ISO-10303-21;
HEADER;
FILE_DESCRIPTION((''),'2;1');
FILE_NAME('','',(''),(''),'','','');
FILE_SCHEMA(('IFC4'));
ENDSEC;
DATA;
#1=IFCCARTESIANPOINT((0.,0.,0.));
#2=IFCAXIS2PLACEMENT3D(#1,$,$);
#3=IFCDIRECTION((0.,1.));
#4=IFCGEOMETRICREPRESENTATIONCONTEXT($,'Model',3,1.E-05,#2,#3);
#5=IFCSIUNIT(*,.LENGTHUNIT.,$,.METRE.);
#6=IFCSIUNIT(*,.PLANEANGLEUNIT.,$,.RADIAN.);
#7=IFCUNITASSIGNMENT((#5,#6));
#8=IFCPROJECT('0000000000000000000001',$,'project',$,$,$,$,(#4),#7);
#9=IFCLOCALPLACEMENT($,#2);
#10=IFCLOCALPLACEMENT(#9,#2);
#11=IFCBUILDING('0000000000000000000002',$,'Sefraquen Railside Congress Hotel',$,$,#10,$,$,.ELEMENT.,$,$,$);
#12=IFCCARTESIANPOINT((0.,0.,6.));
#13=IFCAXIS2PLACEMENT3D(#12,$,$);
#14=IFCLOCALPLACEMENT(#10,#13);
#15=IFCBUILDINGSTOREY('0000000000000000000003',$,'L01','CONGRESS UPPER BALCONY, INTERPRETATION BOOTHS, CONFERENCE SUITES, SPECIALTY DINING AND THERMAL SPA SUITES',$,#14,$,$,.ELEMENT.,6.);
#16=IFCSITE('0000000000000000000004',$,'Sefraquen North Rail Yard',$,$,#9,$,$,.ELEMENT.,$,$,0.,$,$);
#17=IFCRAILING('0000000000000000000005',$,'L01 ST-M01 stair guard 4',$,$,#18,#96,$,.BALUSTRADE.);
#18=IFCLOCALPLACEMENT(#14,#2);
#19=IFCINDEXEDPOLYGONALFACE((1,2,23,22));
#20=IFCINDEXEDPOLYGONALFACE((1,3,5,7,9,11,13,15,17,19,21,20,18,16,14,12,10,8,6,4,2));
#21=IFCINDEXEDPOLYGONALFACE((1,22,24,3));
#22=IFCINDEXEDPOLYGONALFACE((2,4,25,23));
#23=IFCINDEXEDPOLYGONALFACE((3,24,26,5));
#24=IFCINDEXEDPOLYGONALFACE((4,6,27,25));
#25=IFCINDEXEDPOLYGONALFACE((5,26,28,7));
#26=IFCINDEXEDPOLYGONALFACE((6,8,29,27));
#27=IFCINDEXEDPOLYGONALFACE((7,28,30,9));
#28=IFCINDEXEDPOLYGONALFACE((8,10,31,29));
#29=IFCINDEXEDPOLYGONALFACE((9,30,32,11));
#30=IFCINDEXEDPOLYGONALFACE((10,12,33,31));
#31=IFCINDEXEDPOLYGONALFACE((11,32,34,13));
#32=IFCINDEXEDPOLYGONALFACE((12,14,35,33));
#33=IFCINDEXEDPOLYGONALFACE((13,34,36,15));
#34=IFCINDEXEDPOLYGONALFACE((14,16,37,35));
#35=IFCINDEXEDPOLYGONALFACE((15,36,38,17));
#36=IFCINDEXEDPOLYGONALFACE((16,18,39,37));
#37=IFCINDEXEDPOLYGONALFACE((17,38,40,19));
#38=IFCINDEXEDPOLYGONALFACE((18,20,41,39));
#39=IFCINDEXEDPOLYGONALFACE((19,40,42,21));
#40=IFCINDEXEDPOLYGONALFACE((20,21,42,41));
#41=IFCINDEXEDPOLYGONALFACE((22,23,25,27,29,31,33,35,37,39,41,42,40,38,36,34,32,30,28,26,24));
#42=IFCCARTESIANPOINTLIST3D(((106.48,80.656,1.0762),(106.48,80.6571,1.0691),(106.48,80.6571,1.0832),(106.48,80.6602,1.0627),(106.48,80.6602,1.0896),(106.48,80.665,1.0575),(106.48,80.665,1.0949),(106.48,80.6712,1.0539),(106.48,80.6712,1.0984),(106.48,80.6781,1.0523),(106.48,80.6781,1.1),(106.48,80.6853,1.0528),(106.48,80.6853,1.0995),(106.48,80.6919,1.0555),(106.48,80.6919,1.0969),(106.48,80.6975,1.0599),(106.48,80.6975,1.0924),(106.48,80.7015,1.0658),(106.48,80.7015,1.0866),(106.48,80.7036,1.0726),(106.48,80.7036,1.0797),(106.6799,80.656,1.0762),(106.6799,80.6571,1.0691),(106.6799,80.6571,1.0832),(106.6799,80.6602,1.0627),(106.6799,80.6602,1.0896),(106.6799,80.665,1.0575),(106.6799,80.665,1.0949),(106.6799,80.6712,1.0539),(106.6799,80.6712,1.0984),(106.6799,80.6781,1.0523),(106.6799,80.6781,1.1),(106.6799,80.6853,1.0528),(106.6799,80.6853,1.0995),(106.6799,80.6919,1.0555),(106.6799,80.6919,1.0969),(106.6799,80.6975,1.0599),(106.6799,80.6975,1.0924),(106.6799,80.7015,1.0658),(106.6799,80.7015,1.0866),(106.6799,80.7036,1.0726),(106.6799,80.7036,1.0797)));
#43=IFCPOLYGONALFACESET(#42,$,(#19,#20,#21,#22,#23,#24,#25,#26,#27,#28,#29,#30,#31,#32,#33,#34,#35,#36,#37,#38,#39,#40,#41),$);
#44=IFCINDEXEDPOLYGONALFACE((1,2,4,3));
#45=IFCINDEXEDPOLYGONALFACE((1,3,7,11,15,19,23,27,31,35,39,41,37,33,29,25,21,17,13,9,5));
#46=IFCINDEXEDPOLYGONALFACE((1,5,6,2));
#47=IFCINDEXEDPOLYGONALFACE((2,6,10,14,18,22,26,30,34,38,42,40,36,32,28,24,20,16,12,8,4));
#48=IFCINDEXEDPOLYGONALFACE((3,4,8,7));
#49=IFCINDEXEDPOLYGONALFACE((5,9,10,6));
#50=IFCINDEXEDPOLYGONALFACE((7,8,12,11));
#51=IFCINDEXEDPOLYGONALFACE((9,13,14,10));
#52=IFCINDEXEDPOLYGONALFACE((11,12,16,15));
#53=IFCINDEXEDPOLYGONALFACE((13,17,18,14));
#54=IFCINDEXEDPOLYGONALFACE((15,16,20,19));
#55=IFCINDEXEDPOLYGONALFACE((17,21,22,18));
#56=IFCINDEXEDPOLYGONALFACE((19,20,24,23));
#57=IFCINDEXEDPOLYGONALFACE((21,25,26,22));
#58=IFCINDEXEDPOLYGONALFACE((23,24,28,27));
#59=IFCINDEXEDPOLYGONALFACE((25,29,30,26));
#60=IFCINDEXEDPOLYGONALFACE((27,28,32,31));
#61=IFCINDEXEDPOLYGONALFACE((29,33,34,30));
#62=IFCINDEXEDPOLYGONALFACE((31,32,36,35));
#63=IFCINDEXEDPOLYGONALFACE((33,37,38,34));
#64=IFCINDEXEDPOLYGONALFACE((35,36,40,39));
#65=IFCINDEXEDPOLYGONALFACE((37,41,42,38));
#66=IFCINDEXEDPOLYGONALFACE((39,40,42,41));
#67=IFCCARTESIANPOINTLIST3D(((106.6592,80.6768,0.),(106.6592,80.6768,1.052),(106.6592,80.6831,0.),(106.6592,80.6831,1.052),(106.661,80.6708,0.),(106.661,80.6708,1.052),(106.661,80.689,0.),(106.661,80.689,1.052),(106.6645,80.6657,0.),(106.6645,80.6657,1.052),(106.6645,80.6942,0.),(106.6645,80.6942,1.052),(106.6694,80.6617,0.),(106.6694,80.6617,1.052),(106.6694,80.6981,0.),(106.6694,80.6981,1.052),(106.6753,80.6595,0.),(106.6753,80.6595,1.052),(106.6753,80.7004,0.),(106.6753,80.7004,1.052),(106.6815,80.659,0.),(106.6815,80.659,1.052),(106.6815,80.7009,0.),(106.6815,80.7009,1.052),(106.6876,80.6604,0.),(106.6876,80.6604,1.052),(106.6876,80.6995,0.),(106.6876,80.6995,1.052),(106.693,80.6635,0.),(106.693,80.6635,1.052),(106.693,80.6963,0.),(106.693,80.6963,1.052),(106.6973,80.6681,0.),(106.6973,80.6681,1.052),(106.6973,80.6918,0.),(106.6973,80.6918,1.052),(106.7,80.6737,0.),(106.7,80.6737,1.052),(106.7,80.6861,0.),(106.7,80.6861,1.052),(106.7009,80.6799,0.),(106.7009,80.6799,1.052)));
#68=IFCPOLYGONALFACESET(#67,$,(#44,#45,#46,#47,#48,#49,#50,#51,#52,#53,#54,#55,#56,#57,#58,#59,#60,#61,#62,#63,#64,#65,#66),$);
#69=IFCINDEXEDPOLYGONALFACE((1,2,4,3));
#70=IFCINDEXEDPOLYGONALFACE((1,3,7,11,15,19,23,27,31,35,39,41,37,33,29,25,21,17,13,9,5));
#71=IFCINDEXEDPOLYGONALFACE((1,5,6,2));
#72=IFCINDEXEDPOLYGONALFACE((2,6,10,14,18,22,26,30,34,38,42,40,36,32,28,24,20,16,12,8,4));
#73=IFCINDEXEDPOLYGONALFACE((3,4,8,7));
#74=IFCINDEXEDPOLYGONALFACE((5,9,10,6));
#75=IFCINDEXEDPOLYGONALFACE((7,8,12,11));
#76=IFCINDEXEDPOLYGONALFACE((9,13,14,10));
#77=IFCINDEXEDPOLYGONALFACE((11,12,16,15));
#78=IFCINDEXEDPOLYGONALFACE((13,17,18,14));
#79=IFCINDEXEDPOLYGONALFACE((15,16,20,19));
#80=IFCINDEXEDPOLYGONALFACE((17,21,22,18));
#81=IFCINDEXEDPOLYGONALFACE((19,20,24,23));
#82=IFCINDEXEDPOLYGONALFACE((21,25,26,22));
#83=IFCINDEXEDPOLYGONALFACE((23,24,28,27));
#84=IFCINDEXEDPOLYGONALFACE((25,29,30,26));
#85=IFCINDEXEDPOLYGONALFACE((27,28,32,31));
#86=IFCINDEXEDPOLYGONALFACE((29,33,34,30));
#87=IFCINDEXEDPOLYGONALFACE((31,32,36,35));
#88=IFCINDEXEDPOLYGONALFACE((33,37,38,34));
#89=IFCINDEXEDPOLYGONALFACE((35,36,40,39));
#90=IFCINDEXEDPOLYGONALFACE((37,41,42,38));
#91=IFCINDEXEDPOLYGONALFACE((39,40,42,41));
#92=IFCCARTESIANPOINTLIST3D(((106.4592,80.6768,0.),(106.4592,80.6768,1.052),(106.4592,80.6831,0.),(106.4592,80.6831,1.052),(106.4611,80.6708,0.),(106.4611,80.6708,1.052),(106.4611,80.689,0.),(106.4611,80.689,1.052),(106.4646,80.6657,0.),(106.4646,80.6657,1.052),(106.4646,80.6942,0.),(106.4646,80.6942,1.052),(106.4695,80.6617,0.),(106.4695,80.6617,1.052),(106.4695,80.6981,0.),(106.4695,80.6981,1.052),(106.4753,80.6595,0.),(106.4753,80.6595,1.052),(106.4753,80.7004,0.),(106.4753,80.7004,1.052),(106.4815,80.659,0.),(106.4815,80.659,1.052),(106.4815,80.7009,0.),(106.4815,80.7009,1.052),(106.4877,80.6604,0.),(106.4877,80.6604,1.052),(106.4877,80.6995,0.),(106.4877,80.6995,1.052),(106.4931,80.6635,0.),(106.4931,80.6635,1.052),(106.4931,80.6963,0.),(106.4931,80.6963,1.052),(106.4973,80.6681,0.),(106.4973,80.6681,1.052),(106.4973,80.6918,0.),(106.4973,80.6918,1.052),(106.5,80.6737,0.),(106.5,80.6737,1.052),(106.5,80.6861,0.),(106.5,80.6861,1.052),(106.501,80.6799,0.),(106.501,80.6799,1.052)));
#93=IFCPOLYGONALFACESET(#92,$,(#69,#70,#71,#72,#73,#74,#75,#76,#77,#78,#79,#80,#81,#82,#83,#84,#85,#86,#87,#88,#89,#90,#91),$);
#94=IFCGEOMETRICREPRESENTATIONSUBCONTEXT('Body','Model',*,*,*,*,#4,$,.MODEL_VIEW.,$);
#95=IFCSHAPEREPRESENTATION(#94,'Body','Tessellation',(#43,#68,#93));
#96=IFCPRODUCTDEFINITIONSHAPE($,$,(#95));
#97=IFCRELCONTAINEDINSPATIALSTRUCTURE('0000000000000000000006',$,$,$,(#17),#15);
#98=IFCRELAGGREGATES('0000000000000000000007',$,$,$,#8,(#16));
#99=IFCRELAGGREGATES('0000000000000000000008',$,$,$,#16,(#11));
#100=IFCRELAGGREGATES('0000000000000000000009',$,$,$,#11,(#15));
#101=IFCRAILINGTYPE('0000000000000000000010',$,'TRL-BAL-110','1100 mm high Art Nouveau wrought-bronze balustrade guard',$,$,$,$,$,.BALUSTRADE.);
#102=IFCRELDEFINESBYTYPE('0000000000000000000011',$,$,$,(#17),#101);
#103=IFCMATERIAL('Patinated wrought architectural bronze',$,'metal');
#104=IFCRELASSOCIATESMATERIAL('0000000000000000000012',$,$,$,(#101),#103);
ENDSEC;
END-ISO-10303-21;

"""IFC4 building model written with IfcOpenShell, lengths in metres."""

from ifc_helpers import new_model, si_unit, direction, frame, origin, origin_2d, place, context, subcontext, project, spatial, circle, extrude, material, type_object, element, save


model = new_model("IFC4")

# Units and contexts
model_context = context("Model", 3, precision=1e-05, world=origin(), true_north=direction((0.0, 1.0)))
body_context = subcontext(model_context, "Body", "Model", "MODEL_VIEW")
ifc_project = project(units=[si_unit("LENGTHUNIT", "METRE"), si_unit("PLANEANGLEUNIT", "RADIAN")], contexts=[model_context])

# Site, building, storey
site_placement = place(None, origin())
site = spatial("IfcSite", under=ifc_project, at=site_placement, Name="Sefraquen North Rail Yard", CompositionType="ELEMENT", RefElevation=0.0)
building_placement = place(site_placement, origin())
building = spatial("IfcBuilding", under=site, at=building_placement, Name="Sefraquen Railside Congress Hotel", CompositionType="ELEMENT")
storey_placement = place(building_placement, frame((0.0, 0.0, 6.0)))
storey = spatial("IfcBuildingStorey", under=building, at=storey_placement, Name="L01", Description="CONGRESS UPPER BALCONY, INTERPRETATION BOOTHS, CONFERENCE SUITES, SPECIALTY DINING AND THERMAL SPA SUITES", CompositionType="ELEMENT", Elevation=6.0)

# Railing
ifc_material_1 = material(Name="Patinated wrought architectural bronze", Category="metal")
railing_type_1 = type_object("IfcRailingType", Name="TRL-BAL-110", Description="1100 mm high Art Nouveau wrought-bronze balustrade guard", PredefinedType="BALUSTRADE", material=ifc_material_1)
railing_1_placement = place(storey_placement, frame((106.6799, 80.6799, 0.0)))
element("IfcRailing", 1, at=railing_1_placement, inside=storey, type_object=railing_type_1, Name="L01 ST-M01 stair guard 4", PredefinedType="BALUSTRADE", context=body_context, shape_type="SweptSolid", body=[
    extrude(circle(Radius=0.0239, at=origin_2d()), frame((0.0, 0.0, 1.0762), z_axis=(-1.0, 0.0, 0.0), x_axis=(0.0, -1.0, 0.0)), (0.0, 0.0, 1.0), 0.2),
    extrude(circle(Radius=0.021, at=origin_2d()), origin(), (0.0, 0.0, 1.0), 1.052),
    extrude(circle(Radius=0.021, at=origin_2d()), frame((-0.2, 0.0, 0.0)), (0.0, 0.0, 1.0), 1.052),
])

save(model, "model.ifc")
